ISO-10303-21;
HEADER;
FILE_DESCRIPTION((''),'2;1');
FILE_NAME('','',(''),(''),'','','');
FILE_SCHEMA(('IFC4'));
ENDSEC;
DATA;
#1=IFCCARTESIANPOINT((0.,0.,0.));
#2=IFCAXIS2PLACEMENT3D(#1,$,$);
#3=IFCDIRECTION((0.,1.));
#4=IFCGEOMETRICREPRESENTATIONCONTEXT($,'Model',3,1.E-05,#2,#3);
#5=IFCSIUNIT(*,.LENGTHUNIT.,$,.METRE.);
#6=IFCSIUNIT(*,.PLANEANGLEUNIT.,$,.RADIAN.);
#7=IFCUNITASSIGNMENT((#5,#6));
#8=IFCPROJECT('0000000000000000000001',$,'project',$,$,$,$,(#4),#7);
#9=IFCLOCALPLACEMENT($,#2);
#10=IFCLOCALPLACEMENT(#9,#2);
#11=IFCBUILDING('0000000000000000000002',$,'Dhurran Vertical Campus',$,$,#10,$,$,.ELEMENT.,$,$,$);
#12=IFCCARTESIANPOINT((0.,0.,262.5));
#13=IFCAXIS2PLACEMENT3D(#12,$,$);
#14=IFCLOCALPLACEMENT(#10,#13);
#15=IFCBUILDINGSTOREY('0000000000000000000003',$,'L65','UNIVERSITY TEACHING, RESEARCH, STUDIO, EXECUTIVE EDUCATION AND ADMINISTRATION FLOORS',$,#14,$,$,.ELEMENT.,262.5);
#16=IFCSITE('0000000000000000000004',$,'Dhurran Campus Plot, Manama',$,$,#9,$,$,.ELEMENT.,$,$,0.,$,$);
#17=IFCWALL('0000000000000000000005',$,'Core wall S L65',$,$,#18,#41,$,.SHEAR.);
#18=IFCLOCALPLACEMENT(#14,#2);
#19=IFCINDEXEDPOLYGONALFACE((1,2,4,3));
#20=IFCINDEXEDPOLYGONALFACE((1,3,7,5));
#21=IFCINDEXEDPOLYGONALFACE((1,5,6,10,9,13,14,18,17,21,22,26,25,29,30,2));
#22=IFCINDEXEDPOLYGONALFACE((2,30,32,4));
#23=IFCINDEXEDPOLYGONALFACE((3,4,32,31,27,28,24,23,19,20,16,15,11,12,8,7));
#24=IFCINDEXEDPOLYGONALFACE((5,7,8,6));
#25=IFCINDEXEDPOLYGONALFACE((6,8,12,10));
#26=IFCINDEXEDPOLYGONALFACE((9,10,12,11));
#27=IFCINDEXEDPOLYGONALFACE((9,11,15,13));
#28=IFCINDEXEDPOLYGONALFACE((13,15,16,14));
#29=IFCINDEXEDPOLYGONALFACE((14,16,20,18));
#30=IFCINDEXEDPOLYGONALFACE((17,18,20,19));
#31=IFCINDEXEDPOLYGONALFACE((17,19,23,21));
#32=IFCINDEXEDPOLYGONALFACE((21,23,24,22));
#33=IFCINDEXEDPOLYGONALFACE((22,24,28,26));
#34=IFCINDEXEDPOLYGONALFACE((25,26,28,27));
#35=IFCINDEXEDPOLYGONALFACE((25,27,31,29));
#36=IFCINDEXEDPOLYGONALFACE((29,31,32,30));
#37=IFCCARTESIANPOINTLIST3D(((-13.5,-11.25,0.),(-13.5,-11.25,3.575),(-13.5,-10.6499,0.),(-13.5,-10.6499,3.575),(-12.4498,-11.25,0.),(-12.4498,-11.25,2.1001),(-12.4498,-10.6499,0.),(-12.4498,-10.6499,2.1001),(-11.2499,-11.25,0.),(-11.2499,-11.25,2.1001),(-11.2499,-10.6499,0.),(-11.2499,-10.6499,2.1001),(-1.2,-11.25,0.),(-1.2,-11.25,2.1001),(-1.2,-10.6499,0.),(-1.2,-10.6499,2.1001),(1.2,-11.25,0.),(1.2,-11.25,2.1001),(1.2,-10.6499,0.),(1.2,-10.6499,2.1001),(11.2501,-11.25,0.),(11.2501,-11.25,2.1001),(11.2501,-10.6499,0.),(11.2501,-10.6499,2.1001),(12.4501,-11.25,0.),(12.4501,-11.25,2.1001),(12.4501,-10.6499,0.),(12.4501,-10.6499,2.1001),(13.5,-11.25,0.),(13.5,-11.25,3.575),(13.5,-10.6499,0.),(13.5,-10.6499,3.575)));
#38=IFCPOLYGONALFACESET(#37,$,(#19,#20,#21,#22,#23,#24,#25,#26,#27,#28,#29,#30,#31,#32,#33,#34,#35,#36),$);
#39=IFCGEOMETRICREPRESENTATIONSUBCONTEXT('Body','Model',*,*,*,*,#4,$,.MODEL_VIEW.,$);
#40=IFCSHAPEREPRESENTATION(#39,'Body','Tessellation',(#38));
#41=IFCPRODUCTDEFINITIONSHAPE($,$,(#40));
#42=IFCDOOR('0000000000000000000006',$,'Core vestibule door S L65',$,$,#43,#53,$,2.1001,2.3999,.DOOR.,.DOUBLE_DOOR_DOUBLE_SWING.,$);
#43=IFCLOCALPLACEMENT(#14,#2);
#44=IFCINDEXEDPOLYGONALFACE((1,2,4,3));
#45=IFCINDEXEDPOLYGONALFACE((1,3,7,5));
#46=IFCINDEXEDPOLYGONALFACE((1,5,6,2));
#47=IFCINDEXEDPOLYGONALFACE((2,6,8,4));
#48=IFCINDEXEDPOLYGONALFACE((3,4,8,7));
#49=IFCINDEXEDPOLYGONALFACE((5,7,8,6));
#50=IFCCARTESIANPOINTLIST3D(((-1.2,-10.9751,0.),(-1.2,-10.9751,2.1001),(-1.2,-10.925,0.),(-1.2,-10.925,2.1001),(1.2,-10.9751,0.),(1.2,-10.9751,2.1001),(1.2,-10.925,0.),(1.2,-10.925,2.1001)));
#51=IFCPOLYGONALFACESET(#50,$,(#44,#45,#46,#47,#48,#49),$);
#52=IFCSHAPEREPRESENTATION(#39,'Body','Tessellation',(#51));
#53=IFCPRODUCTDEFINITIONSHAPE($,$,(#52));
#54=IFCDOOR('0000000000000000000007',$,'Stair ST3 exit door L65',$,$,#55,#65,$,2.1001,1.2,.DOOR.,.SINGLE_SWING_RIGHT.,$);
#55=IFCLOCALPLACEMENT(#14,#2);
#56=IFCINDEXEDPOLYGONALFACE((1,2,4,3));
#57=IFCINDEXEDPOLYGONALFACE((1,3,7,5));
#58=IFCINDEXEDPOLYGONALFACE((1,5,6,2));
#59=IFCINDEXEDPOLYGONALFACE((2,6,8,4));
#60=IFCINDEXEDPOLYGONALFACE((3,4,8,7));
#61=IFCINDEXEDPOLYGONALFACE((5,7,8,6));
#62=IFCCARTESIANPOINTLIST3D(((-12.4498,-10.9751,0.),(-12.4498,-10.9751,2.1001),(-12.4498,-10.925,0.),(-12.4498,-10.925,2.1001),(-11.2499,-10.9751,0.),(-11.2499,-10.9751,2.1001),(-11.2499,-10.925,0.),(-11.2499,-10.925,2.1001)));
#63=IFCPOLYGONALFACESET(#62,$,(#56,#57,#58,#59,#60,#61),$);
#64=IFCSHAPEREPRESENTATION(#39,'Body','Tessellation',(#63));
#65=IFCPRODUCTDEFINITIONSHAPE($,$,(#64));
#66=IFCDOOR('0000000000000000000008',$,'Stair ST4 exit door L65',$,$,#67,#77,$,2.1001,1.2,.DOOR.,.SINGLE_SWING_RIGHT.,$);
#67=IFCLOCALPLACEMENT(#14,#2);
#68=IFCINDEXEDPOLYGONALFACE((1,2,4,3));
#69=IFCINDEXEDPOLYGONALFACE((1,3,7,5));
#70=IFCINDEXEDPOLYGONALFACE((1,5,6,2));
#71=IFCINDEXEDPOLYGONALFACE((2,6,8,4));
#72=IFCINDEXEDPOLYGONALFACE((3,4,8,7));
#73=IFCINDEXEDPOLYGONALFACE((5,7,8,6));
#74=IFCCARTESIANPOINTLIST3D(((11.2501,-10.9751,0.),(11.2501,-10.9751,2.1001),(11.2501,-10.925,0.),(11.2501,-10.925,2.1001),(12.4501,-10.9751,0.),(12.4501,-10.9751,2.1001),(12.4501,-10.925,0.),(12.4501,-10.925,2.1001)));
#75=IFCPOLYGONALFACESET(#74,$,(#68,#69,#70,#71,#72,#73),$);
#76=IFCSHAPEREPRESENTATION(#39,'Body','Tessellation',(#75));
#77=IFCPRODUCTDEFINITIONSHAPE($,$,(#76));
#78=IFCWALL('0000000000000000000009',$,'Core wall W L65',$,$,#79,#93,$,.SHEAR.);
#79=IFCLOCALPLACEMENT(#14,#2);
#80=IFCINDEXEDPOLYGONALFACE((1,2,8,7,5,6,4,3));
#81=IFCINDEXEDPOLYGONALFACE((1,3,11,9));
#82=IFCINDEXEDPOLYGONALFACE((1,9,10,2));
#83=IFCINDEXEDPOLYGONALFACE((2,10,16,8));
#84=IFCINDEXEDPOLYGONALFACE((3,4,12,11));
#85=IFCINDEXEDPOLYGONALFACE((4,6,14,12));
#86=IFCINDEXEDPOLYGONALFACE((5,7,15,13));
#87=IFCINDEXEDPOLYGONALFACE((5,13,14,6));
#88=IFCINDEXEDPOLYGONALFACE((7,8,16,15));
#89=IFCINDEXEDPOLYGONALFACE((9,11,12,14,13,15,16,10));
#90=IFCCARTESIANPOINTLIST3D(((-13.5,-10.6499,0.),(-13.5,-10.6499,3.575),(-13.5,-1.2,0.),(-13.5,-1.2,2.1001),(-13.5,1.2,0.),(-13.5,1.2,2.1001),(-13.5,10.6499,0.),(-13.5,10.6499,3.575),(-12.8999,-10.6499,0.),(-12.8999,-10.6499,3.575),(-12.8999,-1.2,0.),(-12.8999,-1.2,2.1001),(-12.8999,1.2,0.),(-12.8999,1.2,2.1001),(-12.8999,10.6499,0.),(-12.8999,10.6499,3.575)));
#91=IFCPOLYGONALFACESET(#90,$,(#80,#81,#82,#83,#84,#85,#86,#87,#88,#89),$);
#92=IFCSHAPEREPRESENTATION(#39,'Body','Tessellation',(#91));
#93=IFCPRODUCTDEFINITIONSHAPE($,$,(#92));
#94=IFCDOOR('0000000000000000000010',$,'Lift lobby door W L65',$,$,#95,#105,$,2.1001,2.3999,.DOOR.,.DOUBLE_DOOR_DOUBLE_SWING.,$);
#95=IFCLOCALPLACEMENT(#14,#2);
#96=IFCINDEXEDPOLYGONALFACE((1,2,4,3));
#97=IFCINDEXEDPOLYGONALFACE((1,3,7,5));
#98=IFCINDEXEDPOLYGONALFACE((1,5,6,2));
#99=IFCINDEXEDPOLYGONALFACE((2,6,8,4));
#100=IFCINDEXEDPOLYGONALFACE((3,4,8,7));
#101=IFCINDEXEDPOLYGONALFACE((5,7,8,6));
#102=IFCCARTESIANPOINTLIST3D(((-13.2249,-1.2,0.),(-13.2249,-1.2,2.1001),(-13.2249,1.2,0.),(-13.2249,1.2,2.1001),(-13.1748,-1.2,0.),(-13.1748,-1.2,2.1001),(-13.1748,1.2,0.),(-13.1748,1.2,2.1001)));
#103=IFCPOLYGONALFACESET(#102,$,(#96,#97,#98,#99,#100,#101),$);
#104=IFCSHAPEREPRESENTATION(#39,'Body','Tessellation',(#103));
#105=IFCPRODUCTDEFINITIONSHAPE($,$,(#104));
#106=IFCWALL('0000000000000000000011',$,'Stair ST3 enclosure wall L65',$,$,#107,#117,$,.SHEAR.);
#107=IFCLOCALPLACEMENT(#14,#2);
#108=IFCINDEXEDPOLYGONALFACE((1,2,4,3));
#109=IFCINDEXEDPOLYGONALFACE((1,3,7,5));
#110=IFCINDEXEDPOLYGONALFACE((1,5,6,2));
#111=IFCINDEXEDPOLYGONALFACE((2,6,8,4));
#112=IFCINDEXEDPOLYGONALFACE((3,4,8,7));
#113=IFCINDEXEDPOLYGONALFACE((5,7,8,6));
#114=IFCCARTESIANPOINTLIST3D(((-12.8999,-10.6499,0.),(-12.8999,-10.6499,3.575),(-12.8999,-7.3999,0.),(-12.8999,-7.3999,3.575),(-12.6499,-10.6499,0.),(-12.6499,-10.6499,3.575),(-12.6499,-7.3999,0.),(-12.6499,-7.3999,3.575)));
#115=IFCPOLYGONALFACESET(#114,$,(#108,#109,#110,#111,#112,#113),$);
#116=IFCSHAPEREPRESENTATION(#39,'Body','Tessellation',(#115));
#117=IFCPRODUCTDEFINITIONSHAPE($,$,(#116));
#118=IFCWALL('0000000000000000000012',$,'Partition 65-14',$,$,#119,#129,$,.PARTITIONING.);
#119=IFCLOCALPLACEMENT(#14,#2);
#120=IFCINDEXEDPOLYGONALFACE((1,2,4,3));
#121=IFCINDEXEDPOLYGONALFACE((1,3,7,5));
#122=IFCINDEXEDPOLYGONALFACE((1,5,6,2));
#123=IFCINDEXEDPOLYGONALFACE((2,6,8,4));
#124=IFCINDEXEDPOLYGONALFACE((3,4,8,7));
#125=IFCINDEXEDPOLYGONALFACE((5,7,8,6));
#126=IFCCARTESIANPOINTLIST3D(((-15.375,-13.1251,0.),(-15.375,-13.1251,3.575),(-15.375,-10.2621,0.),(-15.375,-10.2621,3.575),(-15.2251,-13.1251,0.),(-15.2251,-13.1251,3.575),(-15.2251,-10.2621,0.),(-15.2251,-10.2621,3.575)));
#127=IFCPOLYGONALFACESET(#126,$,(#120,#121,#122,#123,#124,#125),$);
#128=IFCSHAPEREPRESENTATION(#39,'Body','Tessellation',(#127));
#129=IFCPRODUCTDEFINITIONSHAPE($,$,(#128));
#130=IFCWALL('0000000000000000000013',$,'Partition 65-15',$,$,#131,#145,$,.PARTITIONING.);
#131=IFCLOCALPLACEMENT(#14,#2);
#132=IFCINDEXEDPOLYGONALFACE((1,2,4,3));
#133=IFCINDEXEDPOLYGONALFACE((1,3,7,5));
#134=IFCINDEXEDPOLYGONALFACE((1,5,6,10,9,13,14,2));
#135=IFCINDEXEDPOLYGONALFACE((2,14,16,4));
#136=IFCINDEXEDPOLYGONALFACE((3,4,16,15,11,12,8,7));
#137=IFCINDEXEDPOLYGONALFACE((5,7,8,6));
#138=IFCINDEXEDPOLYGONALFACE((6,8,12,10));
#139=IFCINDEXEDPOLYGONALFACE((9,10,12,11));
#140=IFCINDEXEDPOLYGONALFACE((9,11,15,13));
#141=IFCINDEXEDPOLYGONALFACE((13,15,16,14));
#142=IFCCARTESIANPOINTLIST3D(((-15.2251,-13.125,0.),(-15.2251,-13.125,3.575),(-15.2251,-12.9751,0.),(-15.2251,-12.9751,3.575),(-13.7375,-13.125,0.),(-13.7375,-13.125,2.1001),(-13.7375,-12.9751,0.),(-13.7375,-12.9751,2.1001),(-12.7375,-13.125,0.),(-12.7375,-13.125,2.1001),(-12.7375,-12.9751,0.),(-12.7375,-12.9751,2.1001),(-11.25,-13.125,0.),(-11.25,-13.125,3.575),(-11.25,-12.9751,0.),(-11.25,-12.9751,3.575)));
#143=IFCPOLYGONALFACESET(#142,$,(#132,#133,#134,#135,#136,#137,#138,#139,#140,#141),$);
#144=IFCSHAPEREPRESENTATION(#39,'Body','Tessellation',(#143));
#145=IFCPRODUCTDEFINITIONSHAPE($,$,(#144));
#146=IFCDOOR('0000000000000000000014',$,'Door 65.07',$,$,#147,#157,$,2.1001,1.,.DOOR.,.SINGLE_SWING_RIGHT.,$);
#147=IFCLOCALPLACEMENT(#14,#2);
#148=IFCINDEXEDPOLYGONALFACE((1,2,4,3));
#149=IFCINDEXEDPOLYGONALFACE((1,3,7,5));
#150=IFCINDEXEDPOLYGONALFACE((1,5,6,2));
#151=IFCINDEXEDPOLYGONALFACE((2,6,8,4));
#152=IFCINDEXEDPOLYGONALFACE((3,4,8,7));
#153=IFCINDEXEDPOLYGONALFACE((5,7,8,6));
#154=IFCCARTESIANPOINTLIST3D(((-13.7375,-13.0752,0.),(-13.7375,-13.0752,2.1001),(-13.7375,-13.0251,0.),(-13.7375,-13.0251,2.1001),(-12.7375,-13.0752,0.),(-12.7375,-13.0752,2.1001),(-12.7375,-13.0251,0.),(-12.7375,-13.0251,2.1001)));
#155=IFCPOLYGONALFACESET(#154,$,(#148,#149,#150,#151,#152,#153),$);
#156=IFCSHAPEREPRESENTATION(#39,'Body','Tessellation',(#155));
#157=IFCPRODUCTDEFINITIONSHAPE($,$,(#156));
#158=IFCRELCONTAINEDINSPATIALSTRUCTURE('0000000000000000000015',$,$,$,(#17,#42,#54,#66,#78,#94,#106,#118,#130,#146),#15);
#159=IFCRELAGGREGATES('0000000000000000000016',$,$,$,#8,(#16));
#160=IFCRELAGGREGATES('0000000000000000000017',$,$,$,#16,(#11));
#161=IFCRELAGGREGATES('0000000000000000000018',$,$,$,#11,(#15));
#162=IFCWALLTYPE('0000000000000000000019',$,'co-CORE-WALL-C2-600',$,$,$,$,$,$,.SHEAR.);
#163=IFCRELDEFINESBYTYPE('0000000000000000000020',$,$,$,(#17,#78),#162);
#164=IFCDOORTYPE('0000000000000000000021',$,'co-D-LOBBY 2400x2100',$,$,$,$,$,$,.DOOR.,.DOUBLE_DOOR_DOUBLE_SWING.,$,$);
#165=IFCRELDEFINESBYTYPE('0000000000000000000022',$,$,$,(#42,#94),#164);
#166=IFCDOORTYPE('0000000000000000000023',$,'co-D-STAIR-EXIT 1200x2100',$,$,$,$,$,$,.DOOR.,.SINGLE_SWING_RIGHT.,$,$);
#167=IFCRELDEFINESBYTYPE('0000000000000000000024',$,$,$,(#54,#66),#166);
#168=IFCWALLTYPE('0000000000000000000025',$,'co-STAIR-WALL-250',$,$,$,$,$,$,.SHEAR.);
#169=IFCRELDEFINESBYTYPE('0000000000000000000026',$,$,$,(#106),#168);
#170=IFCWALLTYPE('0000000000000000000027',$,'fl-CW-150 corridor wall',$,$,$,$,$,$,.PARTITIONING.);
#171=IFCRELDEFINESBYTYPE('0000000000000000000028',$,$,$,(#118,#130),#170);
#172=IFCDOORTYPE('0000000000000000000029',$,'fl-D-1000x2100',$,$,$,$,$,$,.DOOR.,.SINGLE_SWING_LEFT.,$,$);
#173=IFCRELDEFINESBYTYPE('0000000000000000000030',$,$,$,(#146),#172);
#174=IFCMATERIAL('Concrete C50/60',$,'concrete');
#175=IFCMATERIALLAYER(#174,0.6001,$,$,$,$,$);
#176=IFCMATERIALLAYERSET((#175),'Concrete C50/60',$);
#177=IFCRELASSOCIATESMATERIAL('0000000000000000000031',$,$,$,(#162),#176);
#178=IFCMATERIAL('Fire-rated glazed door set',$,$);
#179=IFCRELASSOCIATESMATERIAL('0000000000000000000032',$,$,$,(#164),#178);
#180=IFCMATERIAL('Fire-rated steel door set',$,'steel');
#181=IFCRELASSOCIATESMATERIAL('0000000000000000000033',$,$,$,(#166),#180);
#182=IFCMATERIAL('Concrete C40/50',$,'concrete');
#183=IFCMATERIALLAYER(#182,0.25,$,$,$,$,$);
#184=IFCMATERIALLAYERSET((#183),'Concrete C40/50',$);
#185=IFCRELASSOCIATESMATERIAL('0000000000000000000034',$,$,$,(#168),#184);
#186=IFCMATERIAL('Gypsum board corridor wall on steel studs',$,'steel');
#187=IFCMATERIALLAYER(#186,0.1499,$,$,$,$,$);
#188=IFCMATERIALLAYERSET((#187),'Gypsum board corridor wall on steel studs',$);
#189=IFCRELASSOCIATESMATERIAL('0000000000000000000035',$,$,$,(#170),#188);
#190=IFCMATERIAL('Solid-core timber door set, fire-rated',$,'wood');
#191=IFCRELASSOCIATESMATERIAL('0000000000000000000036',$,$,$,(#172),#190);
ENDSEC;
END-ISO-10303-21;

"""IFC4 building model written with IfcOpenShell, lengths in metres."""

from ifc_helpers import new_model, si_unit, direction, frame, frame_2d, origin, place, context, subcontext, project, spatial, rectangle, extrude, material, layer, layer_set, type_object, element, fill, save


model = new_model("IFC4")

# Units and contexts
model_context = context("Model", 3, precision=1e-05, world=origin(), true_north=direction((0.0, 1.0)))
body_context = subcontext(model_context, "Body", "Model", "MODEL_VIEW")
ifc_project = project(units=[si_unit("LENGTHUNIT", "METRE"), si_unit("PLANEANGLEUNIT", "RADIAN")], contexts=[model_context])

# Site, building, storey
site_placement = place(None, origin())
site = spatial("IfcSite", under=ifc_project, at=site_placement, Name="Dhurran Campus Plot, Manama", CompositionType="ELEMENT", RefElevation=0.0)
building_placement = place(site_placement, origin())
building = spatial("IfcBuilding", under=site, at=building_placement, Name="Dhurran Vertical Campus", CompositionType="ELEMENT")
storey_placement = place(building_placement, frame((0.0, 0.0, 262.5)))
storey = spatial("IfcBuildingStorey", under=building, at=storey_placement, Name="L65", Description="UNIVERSITY TEACHING, RESEARCH, STUDIO, EXECUTIVE EDUCATION AND ADMINISTRATION FLOORS", CompositionType="ELEMENT", Elevation=262.5)

# Wall, openings, doors
ifc_material_1 = material(Name="Concrete C50/60", Category="concrete")
ifc_layer_1 = layer(ifc_material_1, 0.6001)
ifc_layer_set_1 = layer_set([ifc_layer_1], Name="Concrete C50/60")
wall_type_1 = type_object("IfcWallType", Name="co-CORE-WALL-C2-600", PredefinedType="SHEAR", material=ifc_layer_set_1)
wall_1_placement = place(storey_placement, frame((-13.5, -10.95, 0.0), z_axis=(0.0, 0.0, 1.0), x_axis=(1.0, 0.0, 0.0)))
wall_1 = element("IfcWall", 1, at=wall_1_placement, inside=storey, type_object=wall_type_1, Name="Core wall S L65", PredefinedType="SHEAR", context=body_context, shape_type="SweptSolid", body=[
    extrude(rectangle(XDim=27.0, YDim=0.6001, at=frame_2d((13.5, 0.0))), origin(), (0.0, 0.0, 1.0), 3.575),
])
opening_1_placement = place(wall_1_placement, frame((12.3, 0.0, 0.0)))
opening_1 = element("IfcOpeningElement", 2, at=opening_1_placement, cuts=wall_1, PredefinedType="OPENING", context=body_context, shape_type="SweptSolid", body=[
    extrude(rectangle(XDim=2.3999, YDim=2.1001, at=frame_2d((1.2, 1.05))), frame((0.0, 0.3101, 0.0), z_axis=(0.0, -1.0, 0.0), x_axis=(1.0, 0.0, 0.0)), (0.0, 0.0, 1.0), 0.6201),
])
opening_2_placement = place(wall_1_placement, frame((1.05, 0.0, 0.0)))
opening_2 = element("IfcOpeningElement", 3, at=opening_2_placement, cuts=wall_1, PredefinedType="OPENING", context=body_context, shape_type="SweptSolid", body=[
    extrude(rectangle(XDim=1.2, YDim=2.1001, at=frame_2d((0.6001, 1.05))), frame((0.0, 0.3101, 0.0), z_axis=(0.0, -1.0, 0.0), x_axis=(1.0, 0.0, 0.0)), (0.0, 0.0, 1.0), 0.6201),
])
opening_3_placement = place(wall_1_placement, frame((24.75, 0.0, 0.0)))
opening_3 = element("IfcOpeningElement", 4, at=opening_3_placement, cuts=wall_1, PredefinedType="OPENING", context=body_context, shape_type="SweptSolid", body=[
    extrude(rectangle(XDim=1.2, YDim=2.1001, at=frame_2d((0.6001, 1.05))), frame((0.0, 0.3101, 0.0), z_axis=(0.0, -1.0, 0.0), x_axis=(1.0, 0.0, 0.0)), (0.0, 0.0, 1.0), 0.6201),
])
ifc_material_2 = material(Name="Fire-rated glazed door set")
door_type_1 = type_object("IfcDoorType", Name="co-D-LOBBY 2400x2100", OperationType="DOUBLE_DOOR_DOUBLE_SWING", PredefinedType="DOOR", material=ifc_material_2)
door_1_placement = place(opening_1_placement, origin())
door_1 = element("IfcDoor", 5, at=door_1_placement, inside=storey, type_object=door_type_1, Name="Core vestibule door S L65", OperationType="DOUBLE_DOOR_DOUBLE_SWING", OverallHeight=2.1001, OverallWidth=2.3999, PredefinedType="DOOR", context=body_context, shape_type="SweptSolid", body=[
    extrude(rectangle(XDim=2.3999, YDim=2.1001, at=frame_2d((1.2, 1.05))), frame((0.0, 0.0249, 0.0), z_axis=(0.0, -1.0, 0.0), x_axis=(1.0, 0.0, 0.0)), (0.0, 0.0, 1.0), 0.05),
])
fill(opening_1, door_1)
ifc_material_3 = material(Name="Fire-rated steel door set", Category="steel")
door_type_2 = type_object("IfcDoorType", Name="co-D-STAIR-EXIT 1200x2100", OperationType="SINGLE_SWING_RIGHT", PredefinedType="DOOR", material=ifc_material_3)
door_2_placement = place(opening_2_placement, origin())
door_2 = element("IfcDoor", 6, at=door_2_placement, inside=storey, type_object=door_type_2, Name="Stair ST3 exit door L65", OperationType="SINGLE_SWING_RIGHT", OverallHeight=2.1001, OverallWidth=1.2, PredefinedType="DOOR", context=body_context, shape_type="SweptSolid", body=[
    extrude(rectangle(XDim=1.2, YDim=2.1001, at=frame_2d((0.6001, 1.05))), frame((0.0, 0.0249, 0.0), z_axis=(0.0, -1.0, 0.0), x_axis=(1.0, 0.0, 0.0)), (0.0, 0.0, 1.0), 0.05),
])
fill(opening_2, door_2)
door_3_placement = place(opening_3_placement, origin())
door_3 = element("IfcDoor", 7, at=door_3_placement, inside=storey, type_object=door_type_2, Name="Stair ST4 exit door L65", OperationType="SINGLE_SWING_RIGHT", OverallHeight=2.1001, OverallWidth=1.2, PredefinedType="DOOR", context=body_context, shape_type="SweptSolid", body=[
    extrude(rectangle(XDim=1.2, YDim=2.1001, at=frame_2d((0.6001, 1.05))), frame((0.0, 0.0249, 0.0), z_axis=(0.0, -1.0, 0.0), x_axis=(1.0, 0.0, 0.0)), (0.0, 0.0, 1.0), 0.05),
])
fill(opening_3, door_3)

# Wall, opening, door
wall_2_placement = place(storey_placement, frame((-13.2, -10.6499, 0.0), z_axis=(0.0, 0.0, 1.0), x_axis=(0.0, 1.0, 0.0)))
wall_2 = element("IfcWall", 8, at=wall_2_placement, inside=storey, type_object=wall_type_1, Name="Core wall W L65", PredefinedType="SHEAR", context=body_context, shape_type="SweptSolid", body=[
    extrude(rectangle(XDim=21.2998, YDim=0.6001, at=frame_2d((10.6499, 0.0))), origin(), (0.0, 0.0, 1.0), 3.575),
])
opening_4_placement = place(wall_2_placement, frame((9.45, 0.0, 0.0)))
opening_4 = element("IfcOpeningElement", 9, at=opening_4_placement, cuts=wall_2, PredefinedType="OPENING", context=body_context, shape_type="SweptSolid", body=[
    extrude(rectangle(XDim=2.3999, YDim=2.1001, at=frame_2d((1.2, 1.05))), frame((0.0, 0.3101, 0.0), z_axis=(0.0, -1.0, 0.0), x_axis=(1.0, 0.0, 0.0)), (0.0, 0.0, 1.0), 0.6201),
])
door_4_placement = place(opening_4_placement, origin())
door_4 = element("IfcDoor", 10, at=door_4_placement, inside=storey, type_object=door_type_1, Name="Lift lobby door W L65", OperationType="DOUBLE_DOOR_DOUBLE_SWING", OverallHeight=2.1001, OverallWidth=2.3999, PredefinedType="DOOR", context=body_context, shape_type="SweptSolid", body=[
    extrude(rectangle(XDim=2.3999, YDim=2.1001, at=frame_2d((1.2, 1.05))), frame((0.0, 0.0249, 0.0), z_axis=(0.0, -1.0, 0.0), x_axis=(1.0, 0.0, 0.0)), (0.0, 0.0, 1.0), 0.05),
])
fill(opening_4, door_4)

# Walls
ifc_material_4 = material(Name="Concrete C40/50", Category="concrete")
ifc_layer_2 = layer(ifc_material_4, 0.25)
ifc_layer_set_2 = layer_set([ifc_layer_2], Name="Concrete C40/50")
wall_type_2 = type_object("IfcWallType", Name="co-STAIR-WALL-250", PredefinedType="SHEAR", material=ifc_layer_set_2)
wall_3_placement = place(storey_placement, frame((-12.7749, -10.6499, 0.0), z_axis=(0.0, 0.0, 1.0), x_axis=(0.0, 1.0, 0.0)))
element("IfcWall", 11, at=wall_3_placement, inside=storey, type_object=wall_type_2, Name="Stair ST3 enclosure wall L65", PredefinedType="SHEAR", context=body_context, shape_type="SweptSolid", body=[
    extrude(rectangle(XDim=3.25, YDim=0.25, at=frame_2d((1.625, 0.0))), origin(), (0.0, 0.0, 1.0), 3.575),
])
ifc_material_5 = material(Name="Gypsum board corridor wall on steel studs", Category="steel")
ifc_layer_3 = layer(ifc_material_5, 0.1499)
ifc_layer_set_3 = layer_set([ifc_layer_3], Name="Gypsum board corridor wall on steel studs")
wall_type_3 = type_object("IfcWallType", Name="fl-CW-150 corridor wall", PredefinedType="PARTITIONING", material=ifc_layer_set_3)
wall_4_placement = place(storey_placement, frame((-15.3, -10.262, 0.0), z_axis=(0.0, 0.0, 1.0), x_axis=(0.0, -1.0, 0.0)))
element("IfcWall", 12, at=wall_4_placement, inside=storey, type_object=wall_type_3, Name="Partition 65-14", PredefinedType="PARTITIONING", context=body_context, shape_type="SweptSolid", body=[
    extrude(rectangle(XDim=2.863, YDim=0.1499, at=frame_2d((1.4316, 0.0))), origin(), (0.0, 0.0, 1.0), 3.575),
])

# Wall, opening, door
wall_5_placement = place(storey_placement, frame((-15.2251, -13.05, 0.0), z_axis=(0.0, 0.0, 1.0), x_axis=(1.0, 0.0, 0.0)))
wall_5 = element("IfcWall", 13, at=wall_5_placement, inside=storey, type_object=wall_type_3, Name="Partition 65-15", PredefinedType="PARTITIONING", context=body_context, shape_type="SweptSolid", body=[
    extrude(rectangle(XDim=3.9751, YDim=0.1499, at=frame_2d((1.9875, 0.0))), origin(), (0.0, 0.0, 1.0), 3.575),
])
opening_5_placement = place(wall_5_placement, frame((1.4875, 0.0, 0.0)))
opening_5 = element("IfcOpeningElement", 14, at=opening_5_placement, cuts=wall_5, PredefinedType="OPENING", context=body_context, shape_type="SweptSolid", body=[
    extrude(rectangle(XDim=1.0, YDim=2.1001, at=frame_2d((0.5, 1.05))), frame((0.0, 0.085, 0.0), z_axis=(0.0, -1.0, 0.0), x_axis=(1.0, 0.0, 0.0)), (0.0, 0.0, 1.0), 0.1699),
])
ifc_material_6 = material(Name="Solid-core timber door set, fire-rated", Category="wood")
door_type_3 = type_object("IfcDoorType", Name="fl-D-1000x2100", OperationType="SINGLE_SWING_LEFT", PredefinedType="DOOR", material=ifc_material_6)
door_5_placement = place(opening_5_placement, origin())
door_5 = element("IfcDoor", 15, at=door_5_placement, inside=storey, type_object=door_type_3, Name="Door 65.07", OperationType="SINGLE_SWING_RIGHT", OverallHeight=2.1001, OverallWidth=1.0, PredefinedType="DOOR", context=body_context, shape_type="SweptSolid", body=[
    extrude(rectangle(XDim=1.0, YDim=2.1001, at=frame_2d((0.5, 1.05))), frame((0.0, 0.0249, 0.0), z_axis=(0.0, -1.0, 0.0), x_axis=(1.0, 0.0, 0.0)), (0.0, 0.0, 1.0), 0.05),
])
fill(opening_5, door_5)

save(model, "model.ifc")
